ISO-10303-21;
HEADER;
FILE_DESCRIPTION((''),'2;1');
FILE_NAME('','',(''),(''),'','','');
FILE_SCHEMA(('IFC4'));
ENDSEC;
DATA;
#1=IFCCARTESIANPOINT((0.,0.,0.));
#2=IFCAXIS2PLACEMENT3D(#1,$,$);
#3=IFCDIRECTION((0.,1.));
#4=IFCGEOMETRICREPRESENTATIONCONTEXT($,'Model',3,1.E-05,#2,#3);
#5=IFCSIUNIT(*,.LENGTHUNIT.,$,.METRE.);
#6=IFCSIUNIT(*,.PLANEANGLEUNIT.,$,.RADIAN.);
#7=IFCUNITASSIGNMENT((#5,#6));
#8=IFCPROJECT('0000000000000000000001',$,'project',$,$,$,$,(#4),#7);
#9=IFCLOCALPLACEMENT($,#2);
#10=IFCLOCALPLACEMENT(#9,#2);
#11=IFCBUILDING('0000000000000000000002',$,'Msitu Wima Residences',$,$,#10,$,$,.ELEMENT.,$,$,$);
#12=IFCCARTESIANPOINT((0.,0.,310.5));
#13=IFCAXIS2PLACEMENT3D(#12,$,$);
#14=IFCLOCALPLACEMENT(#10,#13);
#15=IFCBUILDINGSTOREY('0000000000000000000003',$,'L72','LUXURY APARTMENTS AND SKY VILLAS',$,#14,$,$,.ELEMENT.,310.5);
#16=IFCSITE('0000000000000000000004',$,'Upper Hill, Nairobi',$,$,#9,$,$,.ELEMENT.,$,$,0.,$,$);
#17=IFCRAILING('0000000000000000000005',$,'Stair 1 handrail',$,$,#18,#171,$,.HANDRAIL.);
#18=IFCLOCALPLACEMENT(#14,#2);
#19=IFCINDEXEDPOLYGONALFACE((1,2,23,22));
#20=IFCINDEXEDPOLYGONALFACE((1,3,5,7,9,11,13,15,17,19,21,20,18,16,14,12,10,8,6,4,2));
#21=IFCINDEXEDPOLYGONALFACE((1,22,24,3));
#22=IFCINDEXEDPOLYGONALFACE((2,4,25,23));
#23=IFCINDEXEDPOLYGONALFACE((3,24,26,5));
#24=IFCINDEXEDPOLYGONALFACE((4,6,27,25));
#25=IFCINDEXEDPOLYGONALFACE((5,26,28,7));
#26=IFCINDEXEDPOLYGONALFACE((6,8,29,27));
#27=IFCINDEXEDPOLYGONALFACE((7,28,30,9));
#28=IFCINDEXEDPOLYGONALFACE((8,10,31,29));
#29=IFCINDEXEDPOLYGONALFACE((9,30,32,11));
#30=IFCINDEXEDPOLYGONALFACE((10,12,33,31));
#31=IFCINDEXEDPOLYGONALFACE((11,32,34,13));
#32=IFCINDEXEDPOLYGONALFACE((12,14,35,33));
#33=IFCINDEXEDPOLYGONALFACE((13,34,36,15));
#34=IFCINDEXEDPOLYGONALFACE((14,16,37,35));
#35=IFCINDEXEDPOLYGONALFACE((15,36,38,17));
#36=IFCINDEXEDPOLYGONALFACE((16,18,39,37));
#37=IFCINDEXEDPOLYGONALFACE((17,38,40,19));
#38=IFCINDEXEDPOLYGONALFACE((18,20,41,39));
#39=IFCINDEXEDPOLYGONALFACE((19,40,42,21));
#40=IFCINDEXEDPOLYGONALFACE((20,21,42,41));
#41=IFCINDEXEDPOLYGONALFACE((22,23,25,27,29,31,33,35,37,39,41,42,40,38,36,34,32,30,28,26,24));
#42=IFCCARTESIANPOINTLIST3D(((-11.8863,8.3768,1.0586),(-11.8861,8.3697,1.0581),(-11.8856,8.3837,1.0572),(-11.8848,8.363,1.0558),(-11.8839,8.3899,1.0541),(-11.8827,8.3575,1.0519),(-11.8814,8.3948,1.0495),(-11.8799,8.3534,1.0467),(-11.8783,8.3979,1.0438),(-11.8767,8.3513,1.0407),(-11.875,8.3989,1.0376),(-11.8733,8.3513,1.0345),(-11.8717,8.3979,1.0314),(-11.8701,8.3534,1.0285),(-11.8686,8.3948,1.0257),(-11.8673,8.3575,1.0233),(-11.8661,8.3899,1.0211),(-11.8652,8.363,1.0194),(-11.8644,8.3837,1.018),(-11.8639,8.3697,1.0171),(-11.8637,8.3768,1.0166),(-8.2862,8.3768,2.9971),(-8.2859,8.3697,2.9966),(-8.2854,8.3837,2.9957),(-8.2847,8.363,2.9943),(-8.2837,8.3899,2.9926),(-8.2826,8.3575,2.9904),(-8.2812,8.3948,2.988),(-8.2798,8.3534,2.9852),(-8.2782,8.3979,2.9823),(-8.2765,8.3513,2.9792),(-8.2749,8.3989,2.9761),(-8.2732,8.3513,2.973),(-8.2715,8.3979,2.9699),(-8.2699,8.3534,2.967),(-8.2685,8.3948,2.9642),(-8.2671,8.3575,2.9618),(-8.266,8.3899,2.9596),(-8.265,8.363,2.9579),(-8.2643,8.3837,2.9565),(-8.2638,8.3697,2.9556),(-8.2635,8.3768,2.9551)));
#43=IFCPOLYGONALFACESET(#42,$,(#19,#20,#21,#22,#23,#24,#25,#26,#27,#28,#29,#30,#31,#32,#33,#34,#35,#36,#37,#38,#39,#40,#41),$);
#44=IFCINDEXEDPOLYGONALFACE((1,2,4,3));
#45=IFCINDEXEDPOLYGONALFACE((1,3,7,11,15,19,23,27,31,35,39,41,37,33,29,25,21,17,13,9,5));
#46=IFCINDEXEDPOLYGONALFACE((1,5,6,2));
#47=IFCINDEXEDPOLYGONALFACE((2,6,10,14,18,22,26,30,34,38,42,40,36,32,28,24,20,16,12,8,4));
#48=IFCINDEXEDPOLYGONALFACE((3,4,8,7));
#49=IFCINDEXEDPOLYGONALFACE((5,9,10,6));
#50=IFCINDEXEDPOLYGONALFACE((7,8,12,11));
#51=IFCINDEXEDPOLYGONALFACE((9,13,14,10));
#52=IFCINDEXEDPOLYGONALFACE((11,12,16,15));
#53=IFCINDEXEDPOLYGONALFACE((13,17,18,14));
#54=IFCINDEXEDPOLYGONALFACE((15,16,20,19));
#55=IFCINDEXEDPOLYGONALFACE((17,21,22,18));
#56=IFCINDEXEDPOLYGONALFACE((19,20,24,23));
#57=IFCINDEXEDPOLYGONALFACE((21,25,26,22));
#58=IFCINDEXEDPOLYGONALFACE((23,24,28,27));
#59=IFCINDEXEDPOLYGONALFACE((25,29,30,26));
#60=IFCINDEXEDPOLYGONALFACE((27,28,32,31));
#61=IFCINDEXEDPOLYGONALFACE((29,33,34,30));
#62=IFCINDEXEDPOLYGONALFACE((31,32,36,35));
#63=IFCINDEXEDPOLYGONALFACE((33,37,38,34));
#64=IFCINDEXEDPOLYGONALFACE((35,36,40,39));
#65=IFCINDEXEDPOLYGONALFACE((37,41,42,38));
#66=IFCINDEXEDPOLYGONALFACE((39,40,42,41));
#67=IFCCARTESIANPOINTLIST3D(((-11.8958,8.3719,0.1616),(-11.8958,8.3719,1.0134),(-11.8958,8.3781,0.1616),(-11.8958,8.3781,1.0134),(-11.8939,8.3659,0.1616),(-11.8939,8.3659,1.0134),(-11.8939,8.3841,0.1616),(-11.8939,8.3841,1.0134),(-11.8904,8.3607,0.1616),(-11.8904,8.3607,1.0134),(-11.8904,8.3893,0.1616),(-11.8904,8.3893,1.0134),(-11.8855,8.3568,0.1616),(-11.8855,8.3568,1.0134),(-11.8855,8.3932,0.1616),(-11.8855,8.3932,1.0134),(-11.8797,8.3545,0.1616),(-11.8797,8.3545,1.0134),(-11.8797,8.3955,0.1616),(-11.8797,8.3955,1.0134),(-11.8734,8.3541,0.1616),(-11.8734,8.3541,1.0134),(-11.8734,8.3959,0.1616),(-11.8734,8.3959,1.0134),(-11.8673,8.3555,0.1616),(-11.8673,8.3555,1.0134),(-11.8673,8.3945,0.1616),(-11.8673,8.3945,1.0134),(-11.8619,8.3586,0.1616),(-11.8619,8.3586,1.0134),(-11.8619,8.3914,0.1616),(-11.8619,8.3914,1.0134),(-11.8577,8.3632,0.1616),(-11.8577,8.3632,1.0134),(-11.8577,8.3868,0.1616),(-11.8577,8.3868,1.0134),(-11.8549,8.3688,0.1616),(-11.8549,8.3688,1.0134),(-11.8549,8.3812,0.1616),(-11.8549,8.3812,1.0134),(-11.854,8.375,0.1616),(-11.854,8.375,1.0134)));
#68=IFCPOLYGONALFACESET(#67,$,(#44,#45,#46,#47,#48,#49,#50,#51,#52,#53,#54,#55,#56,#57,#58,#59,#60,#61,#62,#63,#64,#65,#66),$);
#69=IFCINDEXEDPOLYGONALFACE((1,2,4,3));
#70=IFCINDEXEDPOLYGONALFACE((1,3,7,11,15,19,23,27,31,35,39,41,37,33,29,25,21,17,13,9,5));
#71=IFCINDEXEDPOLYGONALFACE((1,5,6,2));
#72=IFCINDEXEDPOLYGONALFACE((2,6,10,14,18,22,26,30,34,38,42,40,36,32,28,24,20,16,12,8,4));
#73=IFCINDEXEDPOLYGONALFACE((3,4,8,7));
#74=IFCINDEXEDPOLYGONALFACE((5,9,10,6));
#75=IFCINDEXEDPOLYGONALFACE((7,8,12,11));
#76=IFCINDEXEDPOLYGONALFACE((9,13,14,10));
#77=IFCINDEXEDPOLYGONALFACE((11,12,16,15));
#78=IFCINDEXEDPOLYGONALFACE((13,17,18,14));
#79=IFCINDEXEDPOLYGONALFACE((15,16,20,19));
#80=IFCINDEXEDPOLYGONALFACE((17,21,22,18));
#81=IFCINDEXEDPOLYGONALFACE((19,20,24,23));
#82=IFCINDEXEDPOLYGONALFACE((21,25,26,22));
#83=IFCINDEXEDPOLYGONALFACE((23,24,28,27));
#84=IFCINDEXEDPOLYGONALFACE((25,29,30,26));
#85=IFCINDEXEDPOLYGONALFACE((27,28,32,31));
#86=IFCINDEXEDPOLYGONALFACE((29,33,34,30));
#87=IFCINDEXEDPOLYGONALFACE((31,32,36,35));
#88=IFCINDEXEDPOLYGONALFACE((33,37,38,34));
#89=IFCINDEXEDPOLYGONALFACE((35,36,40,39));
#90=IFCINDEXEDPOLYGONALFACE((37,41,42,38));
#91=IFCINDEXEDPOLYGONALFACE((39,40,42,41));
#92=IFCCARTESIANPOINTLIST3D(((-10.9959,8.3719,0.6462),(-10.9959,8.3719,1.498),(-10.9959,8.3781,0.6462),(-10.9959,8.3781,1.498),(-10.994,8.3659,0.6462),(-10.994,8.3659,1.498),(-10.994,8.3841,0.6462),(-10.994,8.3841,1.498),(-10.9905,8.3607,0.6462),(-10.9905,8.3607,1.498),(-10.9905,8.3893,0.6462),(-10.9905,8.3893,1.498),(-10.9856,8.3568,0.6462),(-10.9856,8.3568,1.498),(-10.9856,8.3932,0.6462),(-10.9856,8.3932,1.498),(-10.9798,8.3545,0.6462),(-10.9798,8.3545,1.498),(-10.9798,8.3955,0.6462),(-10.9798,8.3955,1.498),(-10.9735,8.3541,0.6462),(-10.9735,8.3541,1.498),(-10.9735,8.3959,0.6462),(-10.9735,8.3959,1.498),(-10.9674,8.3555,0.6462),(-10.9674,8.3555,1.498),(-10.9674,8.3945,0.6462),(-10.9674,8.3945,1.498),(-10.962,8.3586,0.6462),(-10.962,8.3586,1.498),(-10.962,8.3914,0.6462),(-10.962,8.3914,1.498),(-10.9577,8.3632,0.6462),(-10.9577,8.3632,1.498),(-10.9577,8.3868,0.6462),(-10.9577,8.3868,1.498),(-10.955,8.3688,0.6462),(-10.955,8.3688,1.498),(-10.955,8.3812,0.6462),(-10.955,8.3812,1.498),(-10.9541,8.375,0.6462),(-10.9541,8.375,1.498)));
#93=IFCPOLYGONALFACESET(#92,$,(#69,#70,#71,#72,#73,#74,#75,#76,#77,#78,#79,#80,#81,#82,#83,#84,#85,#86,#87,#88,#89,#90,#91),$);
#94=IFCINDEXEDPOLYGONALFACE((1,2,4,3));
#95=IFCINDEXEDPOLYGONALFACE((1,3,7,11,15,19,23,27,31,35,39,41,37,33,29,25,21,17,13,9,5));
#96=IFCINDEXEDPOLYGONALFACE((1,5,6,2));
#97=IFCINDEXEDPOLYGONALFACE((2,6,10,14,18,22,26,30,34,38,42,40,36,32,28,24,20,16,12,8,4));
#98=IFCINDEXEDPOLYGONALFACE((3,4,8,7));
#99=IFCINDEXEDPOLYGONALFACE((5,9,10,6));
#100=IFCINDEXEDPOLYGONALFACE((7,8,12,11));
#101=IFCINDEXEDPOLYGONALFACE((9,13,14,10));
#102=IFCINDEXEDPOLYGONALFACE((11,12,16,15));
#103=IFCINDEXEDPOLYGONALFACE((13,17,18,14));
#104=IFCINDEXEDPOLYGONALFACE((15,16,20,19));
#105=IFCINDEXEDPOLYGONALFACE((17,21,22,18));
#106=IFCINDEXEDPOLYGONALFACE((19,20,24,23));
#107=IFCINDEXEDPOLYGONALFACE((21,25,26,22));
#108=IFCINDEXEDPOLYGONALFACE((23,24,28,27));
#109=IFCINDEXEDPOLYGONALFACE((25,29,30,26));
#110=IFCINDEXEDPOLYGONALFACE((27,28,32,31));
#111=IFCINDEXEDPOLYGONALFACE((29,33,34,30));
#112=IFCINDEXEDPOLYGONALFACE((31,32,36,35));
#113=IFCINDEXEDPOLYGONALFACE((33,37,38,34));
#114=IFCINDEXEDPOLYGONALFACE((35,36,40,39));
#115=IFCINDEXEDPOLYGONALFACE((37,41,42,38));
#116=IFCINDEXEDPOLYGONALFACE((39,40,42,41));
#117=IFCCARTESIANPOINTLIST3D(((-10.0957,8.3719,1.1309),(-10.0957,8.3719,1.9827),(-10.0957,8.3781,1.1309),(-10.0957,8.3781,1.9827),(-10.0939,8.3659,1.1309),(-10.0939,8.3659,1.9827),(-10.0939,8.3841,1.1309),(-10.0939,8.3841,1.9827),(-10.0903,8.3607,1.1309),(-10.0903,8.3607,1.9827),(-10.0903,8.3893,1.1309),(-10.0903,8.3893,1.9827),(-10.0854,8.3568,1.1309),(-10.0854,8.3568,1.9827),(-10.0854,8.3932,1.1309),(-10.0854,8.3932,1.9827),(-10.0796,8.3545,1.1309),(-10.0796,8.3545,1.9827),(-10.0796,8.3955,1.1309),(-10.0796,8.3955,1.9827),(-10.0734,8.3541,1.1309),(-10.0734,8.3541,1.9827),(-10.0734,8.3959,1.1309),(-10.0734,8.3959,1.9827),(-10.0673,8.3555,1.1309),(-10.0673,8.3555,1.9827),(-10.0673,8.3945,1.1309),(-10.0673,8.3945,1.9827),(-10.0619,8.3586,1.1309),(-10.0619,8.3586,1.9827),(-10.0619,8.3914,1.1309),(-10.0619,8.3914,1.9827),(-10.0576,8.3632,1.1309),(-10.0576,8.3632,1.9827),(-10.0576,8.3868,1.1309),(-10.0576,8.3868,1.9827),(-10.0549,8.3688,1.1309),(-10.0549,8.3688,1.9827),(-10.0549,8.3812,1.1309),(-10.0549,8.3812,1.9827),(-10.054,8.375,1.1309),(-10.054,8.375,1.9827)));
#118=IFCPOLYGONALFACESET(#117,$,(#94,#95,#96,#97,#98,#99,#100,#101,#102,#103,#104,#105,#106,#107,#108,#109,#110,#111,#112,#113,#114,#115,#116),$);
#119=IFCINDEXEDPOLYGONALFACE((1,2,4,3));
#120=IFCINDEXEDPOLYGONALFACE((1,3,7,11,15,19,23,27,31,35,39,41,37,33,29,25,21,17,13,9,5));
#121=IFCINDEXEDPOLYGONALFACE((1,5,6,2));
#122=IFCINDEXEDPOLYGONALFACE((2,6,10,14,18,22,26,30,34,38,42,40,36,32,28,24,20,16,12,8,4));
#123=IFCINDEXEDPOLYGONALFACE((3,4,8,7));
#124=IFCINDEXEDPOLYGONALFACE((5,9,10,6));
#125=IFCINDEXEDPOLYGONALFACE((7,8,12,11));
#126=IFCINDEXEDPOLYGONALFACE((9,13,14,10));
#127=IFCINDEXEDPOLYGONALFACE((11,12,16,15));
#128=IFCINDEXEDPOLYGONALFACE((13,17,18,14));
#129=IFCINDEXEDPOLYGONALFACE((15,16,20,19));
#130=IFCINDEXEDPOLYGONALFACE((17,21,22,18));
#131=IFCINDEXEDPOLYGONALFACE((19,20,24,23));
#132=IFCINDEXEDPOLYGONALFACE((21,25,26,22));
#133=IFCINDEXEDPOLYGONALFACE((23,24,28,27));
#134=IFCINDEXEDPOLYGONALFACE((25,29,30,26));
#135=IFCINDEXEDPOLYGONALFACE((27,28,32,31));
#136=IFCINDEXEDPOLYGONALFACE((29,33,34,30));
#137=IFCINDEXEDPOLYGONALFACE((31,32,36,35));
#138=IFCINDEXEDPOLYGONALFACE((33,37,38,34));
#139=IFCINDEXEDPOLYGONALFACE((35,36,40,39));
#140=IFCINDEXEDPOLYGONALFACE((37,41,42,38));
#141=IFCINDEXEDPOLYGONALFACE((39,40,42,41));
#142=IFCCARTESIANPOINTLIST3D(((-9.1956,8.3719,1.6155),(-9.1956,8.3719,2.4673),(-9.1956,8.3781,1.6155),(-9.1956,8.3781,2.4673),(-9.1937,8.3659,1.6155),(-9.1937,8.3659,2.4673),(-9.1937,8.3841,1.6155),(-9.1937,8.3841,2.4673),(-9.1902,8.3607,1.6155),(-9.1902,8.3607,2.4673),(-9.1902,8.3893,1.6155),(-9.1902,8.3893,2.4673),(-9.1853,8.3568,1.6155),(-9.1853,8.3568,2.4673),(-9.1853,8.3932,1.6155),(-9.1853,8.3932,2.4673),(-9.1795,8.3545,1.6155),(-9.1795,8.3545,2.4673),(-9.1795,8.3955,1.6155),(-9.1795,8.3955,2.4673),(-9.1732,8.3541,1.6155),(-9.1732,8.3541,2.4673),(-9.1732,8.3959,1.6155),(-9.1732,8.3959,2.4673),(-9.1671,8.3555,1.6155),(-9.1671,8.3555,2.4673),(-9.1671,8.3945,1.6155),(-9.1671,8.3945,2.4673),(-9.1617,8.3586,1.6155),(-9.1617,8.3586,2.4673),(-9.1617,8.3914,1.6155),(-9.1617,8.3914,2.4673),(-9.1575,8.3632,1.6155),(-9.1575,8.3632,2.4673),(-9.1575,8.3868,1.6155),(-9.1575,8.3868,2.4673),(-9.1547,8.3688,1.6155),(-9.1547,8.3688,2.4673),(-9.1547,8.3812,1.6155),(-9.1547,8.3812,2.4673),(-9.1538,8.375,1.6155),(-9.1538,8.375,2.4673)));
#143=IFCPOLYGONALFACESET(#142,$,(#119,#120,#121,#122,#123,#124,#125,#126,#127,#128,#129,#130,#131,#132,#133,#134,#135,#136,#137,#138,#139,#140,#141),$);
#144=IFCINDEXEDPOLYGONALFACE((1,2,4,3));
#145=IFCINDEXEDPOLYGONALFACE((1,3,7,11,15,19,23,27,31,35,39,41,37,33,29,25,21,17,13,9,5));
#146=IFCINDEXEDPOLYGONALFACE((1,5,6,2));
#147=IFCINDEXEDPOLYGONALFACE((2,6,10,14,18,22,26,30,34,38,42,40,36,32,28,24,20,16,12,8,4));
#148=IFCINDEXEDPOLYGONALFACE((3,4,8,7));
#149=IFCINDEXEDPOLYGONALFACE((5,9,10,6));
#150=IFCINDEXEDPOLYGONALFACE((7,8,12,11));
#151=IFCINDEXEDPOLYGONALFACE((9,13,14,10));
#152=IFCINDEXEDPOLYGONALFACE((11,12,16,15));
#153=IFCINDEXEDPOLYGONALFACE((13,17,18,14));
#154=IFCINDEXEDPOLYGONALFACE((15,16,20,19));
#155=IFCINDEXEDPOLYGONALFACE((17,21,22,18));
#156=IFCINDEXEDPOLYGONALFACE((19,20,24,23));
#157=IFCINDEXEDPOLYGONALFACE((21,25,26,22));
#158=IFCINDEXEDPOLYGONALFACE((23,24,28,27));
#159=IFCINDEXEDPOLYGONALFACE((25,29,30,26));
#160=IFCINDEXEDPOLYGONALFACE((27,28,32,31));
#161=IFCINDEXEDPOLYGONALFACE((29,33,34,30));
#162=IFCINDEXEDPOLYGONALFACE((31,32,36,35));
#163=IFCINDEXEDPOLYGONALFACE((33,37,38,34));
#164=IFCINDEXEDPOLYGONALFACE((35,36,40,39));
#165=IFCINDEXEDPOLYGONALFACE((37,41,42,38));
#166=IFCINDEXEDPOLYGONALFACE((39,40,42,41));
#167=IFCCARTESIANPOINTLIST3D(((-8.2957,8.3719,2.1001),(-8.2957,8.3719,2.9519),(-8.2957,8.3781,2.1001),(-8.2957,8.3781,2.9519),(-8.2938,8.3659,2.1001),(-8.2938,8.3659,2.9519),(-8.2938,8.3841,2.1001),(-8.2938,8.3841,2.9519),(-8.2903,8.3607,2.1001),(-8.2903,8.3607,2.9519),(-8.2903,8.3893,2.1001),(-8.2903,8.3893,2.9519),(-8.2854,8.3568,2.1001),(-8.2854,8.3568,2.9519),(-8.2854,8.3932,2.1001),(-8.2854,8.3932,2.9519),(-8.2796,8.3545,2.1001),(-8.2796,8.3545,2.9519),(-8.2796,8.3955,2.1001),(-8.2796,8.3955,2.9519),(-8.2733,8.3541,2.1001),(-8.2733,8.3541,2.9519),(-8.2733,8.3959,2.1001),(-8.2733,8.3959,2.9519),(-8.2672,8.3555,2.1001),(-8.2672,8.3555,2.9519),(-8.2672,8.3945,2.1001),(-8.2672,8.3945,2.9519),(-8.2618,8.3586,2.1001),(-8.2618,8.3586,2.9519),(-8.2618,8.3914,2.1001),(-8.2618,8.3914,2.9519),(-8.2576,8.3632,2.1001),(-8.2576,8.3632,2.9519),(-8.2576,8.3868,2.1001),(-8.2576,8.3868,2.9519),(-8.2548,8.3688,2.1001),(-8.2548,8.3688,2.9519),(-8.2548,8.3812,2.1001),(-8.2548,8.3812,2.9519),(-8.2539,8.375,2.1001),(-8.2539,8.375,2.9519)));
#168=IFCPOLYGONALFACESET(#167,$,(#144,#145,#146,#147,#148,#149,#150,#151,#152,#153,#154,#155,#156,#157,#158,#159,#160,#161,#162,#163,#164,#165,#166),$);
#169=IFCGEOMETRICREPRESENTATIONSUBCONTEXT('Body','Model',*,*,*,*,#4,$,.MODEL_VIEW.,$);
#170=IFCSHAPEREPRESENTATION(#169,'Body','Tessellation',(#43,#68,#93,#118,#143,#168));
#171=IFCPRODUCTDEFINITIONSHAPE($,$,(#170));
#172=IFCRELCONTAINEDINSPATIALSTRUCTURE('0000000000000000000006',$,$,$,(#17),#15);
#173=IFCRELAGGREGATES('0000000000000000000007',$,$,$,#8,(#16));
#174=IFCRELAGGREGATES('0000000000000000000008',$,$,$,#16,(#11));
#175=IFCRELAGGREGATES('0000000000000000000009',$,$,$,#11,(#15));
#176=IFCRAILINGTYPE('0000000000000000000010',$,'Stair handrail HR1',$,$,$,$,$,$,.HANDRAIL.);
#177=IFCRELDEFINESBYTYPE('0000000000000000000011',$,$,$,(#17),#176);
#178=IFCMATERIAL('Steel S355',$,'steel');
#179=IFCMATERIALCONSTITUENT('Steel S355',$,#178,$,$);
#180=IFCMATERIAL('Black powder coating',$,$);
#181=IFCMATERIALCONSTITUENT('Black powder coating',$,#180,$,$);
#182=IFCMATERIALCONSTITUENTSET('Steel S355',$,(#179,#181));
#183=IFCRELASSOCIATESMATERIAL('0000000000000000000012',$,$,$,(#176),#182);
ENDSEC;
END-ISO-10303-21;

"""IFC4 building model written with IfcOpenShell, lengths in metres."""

from ifc_helpers import new_model, si_unit, direction, frame, origin, origin_2d, place, context, subcontext, project, spatial, circle, extrude, material, constituent, constituent_set, type_object, element, save


model = new_model("IFC4")

# Units and contexts
model_context = context("Model", 3, precision=1e-05, world=origin(), true_north=direction((0.0, 1.0)))
body_context = subcontext(model_context, "Body", "Model", "MODEL_VIEW")
ifc_project = project(units=[si_unit("LENGTHUNIT", "METRE"), si_unit("PLANEANGLEUNIT", "RADIAN")], contexts=[model_context])

# Site, building, storey
site_placement = place(None, origin())
site = spatial("IfcSite", under=ifc_project, at=site_placement, Name="Upper Hill, Nairobi", CompositionType="ELEMENT", RefElevation=0.0)
building_placement = place(site_placement, origin())
building = spatial("IfcBuilding", under=site, at=building_placement, Name="Msitu Wima Residences", CompositionType="ELEMENT")
storey_placement = place(building_placement, frame((0.0, 0.0, 310.5)))
storey = spatial("IfcBuildingStorey", under=building, at=storey_placement, Name="L72", Description="LUXURY APARTMENTS AND SKY VILLAS", CompositionType="ELEMENT", Elevation=310.5)

# Railing
ifc_material_1 = material(Name="Steel S355", Category="steel")
ifc_constituent_1 = constituent(ifc_material_1, Name="Steel S355")
ifc_material_2 = material(Name="Black powder coating")
ifc_constituent_2 = constituent(ifc_material_2, Name="Black powder coating")
ifc_constituent_set = constituent_set(constituents=[ifc_constituent_1, ifc_constituent_2], Name="Steel S355")
railing_type = type_object("IfcRailingType", Name="Stair handrail HR1", PredefinedType="HANDRAIL", material=ifc_constituent_set)
for number, where, name in (
    (1, (-11.875, 8.375, 0.1616), "Stair 1 handrail"),
):
    element("IfcRailing", number, at=place(storey_placement, frame(where)), inside=storey, type_object=railing_type, Name=name, PredefinedType="HANDRAIL", context=body_context, shape_type="SweptSolid", body=[
        extrude(circle(Radius=0.0239, at=origin_2d()), frame((0.0, 0.0, 0.876), z_axis=(0.880475, 0.0, 0.474093), x_axis=(0.0, 1.0, 0.0)), (0.0, 0.0, 1.0), 4.0889),
        extrude(circle(Radius=0.021, at=origin_2d()), origin(), (0.0, 0.0, 1.0), 0.8518),
        extrude(circle(Radius=0.021, at=origin_2d()), frame((0.8999, 0.0, 0.4846)), (0.0, 0.0, 1.0), 0.8518),
        extrude(circle(Radius=0.021, at=origin_2d()), frame((1.8, 0.0, 0.9692)), (0.0, 0.0, 1.0), 0.8518),
        extrude(circle(Radius=0.021, at=origin_2d()), frame((2.7002, 0.0, 1.4539)), (0.0, 0.0, 1.0), 0.8518),
        extrude(circle(Radius=0.021, at=origin_2d()), frame((3.6001, 0.0, 1.9385)), (0.0, 0.0, 1.0), 0.8518),
    ])

save(model, "model.ifc")
